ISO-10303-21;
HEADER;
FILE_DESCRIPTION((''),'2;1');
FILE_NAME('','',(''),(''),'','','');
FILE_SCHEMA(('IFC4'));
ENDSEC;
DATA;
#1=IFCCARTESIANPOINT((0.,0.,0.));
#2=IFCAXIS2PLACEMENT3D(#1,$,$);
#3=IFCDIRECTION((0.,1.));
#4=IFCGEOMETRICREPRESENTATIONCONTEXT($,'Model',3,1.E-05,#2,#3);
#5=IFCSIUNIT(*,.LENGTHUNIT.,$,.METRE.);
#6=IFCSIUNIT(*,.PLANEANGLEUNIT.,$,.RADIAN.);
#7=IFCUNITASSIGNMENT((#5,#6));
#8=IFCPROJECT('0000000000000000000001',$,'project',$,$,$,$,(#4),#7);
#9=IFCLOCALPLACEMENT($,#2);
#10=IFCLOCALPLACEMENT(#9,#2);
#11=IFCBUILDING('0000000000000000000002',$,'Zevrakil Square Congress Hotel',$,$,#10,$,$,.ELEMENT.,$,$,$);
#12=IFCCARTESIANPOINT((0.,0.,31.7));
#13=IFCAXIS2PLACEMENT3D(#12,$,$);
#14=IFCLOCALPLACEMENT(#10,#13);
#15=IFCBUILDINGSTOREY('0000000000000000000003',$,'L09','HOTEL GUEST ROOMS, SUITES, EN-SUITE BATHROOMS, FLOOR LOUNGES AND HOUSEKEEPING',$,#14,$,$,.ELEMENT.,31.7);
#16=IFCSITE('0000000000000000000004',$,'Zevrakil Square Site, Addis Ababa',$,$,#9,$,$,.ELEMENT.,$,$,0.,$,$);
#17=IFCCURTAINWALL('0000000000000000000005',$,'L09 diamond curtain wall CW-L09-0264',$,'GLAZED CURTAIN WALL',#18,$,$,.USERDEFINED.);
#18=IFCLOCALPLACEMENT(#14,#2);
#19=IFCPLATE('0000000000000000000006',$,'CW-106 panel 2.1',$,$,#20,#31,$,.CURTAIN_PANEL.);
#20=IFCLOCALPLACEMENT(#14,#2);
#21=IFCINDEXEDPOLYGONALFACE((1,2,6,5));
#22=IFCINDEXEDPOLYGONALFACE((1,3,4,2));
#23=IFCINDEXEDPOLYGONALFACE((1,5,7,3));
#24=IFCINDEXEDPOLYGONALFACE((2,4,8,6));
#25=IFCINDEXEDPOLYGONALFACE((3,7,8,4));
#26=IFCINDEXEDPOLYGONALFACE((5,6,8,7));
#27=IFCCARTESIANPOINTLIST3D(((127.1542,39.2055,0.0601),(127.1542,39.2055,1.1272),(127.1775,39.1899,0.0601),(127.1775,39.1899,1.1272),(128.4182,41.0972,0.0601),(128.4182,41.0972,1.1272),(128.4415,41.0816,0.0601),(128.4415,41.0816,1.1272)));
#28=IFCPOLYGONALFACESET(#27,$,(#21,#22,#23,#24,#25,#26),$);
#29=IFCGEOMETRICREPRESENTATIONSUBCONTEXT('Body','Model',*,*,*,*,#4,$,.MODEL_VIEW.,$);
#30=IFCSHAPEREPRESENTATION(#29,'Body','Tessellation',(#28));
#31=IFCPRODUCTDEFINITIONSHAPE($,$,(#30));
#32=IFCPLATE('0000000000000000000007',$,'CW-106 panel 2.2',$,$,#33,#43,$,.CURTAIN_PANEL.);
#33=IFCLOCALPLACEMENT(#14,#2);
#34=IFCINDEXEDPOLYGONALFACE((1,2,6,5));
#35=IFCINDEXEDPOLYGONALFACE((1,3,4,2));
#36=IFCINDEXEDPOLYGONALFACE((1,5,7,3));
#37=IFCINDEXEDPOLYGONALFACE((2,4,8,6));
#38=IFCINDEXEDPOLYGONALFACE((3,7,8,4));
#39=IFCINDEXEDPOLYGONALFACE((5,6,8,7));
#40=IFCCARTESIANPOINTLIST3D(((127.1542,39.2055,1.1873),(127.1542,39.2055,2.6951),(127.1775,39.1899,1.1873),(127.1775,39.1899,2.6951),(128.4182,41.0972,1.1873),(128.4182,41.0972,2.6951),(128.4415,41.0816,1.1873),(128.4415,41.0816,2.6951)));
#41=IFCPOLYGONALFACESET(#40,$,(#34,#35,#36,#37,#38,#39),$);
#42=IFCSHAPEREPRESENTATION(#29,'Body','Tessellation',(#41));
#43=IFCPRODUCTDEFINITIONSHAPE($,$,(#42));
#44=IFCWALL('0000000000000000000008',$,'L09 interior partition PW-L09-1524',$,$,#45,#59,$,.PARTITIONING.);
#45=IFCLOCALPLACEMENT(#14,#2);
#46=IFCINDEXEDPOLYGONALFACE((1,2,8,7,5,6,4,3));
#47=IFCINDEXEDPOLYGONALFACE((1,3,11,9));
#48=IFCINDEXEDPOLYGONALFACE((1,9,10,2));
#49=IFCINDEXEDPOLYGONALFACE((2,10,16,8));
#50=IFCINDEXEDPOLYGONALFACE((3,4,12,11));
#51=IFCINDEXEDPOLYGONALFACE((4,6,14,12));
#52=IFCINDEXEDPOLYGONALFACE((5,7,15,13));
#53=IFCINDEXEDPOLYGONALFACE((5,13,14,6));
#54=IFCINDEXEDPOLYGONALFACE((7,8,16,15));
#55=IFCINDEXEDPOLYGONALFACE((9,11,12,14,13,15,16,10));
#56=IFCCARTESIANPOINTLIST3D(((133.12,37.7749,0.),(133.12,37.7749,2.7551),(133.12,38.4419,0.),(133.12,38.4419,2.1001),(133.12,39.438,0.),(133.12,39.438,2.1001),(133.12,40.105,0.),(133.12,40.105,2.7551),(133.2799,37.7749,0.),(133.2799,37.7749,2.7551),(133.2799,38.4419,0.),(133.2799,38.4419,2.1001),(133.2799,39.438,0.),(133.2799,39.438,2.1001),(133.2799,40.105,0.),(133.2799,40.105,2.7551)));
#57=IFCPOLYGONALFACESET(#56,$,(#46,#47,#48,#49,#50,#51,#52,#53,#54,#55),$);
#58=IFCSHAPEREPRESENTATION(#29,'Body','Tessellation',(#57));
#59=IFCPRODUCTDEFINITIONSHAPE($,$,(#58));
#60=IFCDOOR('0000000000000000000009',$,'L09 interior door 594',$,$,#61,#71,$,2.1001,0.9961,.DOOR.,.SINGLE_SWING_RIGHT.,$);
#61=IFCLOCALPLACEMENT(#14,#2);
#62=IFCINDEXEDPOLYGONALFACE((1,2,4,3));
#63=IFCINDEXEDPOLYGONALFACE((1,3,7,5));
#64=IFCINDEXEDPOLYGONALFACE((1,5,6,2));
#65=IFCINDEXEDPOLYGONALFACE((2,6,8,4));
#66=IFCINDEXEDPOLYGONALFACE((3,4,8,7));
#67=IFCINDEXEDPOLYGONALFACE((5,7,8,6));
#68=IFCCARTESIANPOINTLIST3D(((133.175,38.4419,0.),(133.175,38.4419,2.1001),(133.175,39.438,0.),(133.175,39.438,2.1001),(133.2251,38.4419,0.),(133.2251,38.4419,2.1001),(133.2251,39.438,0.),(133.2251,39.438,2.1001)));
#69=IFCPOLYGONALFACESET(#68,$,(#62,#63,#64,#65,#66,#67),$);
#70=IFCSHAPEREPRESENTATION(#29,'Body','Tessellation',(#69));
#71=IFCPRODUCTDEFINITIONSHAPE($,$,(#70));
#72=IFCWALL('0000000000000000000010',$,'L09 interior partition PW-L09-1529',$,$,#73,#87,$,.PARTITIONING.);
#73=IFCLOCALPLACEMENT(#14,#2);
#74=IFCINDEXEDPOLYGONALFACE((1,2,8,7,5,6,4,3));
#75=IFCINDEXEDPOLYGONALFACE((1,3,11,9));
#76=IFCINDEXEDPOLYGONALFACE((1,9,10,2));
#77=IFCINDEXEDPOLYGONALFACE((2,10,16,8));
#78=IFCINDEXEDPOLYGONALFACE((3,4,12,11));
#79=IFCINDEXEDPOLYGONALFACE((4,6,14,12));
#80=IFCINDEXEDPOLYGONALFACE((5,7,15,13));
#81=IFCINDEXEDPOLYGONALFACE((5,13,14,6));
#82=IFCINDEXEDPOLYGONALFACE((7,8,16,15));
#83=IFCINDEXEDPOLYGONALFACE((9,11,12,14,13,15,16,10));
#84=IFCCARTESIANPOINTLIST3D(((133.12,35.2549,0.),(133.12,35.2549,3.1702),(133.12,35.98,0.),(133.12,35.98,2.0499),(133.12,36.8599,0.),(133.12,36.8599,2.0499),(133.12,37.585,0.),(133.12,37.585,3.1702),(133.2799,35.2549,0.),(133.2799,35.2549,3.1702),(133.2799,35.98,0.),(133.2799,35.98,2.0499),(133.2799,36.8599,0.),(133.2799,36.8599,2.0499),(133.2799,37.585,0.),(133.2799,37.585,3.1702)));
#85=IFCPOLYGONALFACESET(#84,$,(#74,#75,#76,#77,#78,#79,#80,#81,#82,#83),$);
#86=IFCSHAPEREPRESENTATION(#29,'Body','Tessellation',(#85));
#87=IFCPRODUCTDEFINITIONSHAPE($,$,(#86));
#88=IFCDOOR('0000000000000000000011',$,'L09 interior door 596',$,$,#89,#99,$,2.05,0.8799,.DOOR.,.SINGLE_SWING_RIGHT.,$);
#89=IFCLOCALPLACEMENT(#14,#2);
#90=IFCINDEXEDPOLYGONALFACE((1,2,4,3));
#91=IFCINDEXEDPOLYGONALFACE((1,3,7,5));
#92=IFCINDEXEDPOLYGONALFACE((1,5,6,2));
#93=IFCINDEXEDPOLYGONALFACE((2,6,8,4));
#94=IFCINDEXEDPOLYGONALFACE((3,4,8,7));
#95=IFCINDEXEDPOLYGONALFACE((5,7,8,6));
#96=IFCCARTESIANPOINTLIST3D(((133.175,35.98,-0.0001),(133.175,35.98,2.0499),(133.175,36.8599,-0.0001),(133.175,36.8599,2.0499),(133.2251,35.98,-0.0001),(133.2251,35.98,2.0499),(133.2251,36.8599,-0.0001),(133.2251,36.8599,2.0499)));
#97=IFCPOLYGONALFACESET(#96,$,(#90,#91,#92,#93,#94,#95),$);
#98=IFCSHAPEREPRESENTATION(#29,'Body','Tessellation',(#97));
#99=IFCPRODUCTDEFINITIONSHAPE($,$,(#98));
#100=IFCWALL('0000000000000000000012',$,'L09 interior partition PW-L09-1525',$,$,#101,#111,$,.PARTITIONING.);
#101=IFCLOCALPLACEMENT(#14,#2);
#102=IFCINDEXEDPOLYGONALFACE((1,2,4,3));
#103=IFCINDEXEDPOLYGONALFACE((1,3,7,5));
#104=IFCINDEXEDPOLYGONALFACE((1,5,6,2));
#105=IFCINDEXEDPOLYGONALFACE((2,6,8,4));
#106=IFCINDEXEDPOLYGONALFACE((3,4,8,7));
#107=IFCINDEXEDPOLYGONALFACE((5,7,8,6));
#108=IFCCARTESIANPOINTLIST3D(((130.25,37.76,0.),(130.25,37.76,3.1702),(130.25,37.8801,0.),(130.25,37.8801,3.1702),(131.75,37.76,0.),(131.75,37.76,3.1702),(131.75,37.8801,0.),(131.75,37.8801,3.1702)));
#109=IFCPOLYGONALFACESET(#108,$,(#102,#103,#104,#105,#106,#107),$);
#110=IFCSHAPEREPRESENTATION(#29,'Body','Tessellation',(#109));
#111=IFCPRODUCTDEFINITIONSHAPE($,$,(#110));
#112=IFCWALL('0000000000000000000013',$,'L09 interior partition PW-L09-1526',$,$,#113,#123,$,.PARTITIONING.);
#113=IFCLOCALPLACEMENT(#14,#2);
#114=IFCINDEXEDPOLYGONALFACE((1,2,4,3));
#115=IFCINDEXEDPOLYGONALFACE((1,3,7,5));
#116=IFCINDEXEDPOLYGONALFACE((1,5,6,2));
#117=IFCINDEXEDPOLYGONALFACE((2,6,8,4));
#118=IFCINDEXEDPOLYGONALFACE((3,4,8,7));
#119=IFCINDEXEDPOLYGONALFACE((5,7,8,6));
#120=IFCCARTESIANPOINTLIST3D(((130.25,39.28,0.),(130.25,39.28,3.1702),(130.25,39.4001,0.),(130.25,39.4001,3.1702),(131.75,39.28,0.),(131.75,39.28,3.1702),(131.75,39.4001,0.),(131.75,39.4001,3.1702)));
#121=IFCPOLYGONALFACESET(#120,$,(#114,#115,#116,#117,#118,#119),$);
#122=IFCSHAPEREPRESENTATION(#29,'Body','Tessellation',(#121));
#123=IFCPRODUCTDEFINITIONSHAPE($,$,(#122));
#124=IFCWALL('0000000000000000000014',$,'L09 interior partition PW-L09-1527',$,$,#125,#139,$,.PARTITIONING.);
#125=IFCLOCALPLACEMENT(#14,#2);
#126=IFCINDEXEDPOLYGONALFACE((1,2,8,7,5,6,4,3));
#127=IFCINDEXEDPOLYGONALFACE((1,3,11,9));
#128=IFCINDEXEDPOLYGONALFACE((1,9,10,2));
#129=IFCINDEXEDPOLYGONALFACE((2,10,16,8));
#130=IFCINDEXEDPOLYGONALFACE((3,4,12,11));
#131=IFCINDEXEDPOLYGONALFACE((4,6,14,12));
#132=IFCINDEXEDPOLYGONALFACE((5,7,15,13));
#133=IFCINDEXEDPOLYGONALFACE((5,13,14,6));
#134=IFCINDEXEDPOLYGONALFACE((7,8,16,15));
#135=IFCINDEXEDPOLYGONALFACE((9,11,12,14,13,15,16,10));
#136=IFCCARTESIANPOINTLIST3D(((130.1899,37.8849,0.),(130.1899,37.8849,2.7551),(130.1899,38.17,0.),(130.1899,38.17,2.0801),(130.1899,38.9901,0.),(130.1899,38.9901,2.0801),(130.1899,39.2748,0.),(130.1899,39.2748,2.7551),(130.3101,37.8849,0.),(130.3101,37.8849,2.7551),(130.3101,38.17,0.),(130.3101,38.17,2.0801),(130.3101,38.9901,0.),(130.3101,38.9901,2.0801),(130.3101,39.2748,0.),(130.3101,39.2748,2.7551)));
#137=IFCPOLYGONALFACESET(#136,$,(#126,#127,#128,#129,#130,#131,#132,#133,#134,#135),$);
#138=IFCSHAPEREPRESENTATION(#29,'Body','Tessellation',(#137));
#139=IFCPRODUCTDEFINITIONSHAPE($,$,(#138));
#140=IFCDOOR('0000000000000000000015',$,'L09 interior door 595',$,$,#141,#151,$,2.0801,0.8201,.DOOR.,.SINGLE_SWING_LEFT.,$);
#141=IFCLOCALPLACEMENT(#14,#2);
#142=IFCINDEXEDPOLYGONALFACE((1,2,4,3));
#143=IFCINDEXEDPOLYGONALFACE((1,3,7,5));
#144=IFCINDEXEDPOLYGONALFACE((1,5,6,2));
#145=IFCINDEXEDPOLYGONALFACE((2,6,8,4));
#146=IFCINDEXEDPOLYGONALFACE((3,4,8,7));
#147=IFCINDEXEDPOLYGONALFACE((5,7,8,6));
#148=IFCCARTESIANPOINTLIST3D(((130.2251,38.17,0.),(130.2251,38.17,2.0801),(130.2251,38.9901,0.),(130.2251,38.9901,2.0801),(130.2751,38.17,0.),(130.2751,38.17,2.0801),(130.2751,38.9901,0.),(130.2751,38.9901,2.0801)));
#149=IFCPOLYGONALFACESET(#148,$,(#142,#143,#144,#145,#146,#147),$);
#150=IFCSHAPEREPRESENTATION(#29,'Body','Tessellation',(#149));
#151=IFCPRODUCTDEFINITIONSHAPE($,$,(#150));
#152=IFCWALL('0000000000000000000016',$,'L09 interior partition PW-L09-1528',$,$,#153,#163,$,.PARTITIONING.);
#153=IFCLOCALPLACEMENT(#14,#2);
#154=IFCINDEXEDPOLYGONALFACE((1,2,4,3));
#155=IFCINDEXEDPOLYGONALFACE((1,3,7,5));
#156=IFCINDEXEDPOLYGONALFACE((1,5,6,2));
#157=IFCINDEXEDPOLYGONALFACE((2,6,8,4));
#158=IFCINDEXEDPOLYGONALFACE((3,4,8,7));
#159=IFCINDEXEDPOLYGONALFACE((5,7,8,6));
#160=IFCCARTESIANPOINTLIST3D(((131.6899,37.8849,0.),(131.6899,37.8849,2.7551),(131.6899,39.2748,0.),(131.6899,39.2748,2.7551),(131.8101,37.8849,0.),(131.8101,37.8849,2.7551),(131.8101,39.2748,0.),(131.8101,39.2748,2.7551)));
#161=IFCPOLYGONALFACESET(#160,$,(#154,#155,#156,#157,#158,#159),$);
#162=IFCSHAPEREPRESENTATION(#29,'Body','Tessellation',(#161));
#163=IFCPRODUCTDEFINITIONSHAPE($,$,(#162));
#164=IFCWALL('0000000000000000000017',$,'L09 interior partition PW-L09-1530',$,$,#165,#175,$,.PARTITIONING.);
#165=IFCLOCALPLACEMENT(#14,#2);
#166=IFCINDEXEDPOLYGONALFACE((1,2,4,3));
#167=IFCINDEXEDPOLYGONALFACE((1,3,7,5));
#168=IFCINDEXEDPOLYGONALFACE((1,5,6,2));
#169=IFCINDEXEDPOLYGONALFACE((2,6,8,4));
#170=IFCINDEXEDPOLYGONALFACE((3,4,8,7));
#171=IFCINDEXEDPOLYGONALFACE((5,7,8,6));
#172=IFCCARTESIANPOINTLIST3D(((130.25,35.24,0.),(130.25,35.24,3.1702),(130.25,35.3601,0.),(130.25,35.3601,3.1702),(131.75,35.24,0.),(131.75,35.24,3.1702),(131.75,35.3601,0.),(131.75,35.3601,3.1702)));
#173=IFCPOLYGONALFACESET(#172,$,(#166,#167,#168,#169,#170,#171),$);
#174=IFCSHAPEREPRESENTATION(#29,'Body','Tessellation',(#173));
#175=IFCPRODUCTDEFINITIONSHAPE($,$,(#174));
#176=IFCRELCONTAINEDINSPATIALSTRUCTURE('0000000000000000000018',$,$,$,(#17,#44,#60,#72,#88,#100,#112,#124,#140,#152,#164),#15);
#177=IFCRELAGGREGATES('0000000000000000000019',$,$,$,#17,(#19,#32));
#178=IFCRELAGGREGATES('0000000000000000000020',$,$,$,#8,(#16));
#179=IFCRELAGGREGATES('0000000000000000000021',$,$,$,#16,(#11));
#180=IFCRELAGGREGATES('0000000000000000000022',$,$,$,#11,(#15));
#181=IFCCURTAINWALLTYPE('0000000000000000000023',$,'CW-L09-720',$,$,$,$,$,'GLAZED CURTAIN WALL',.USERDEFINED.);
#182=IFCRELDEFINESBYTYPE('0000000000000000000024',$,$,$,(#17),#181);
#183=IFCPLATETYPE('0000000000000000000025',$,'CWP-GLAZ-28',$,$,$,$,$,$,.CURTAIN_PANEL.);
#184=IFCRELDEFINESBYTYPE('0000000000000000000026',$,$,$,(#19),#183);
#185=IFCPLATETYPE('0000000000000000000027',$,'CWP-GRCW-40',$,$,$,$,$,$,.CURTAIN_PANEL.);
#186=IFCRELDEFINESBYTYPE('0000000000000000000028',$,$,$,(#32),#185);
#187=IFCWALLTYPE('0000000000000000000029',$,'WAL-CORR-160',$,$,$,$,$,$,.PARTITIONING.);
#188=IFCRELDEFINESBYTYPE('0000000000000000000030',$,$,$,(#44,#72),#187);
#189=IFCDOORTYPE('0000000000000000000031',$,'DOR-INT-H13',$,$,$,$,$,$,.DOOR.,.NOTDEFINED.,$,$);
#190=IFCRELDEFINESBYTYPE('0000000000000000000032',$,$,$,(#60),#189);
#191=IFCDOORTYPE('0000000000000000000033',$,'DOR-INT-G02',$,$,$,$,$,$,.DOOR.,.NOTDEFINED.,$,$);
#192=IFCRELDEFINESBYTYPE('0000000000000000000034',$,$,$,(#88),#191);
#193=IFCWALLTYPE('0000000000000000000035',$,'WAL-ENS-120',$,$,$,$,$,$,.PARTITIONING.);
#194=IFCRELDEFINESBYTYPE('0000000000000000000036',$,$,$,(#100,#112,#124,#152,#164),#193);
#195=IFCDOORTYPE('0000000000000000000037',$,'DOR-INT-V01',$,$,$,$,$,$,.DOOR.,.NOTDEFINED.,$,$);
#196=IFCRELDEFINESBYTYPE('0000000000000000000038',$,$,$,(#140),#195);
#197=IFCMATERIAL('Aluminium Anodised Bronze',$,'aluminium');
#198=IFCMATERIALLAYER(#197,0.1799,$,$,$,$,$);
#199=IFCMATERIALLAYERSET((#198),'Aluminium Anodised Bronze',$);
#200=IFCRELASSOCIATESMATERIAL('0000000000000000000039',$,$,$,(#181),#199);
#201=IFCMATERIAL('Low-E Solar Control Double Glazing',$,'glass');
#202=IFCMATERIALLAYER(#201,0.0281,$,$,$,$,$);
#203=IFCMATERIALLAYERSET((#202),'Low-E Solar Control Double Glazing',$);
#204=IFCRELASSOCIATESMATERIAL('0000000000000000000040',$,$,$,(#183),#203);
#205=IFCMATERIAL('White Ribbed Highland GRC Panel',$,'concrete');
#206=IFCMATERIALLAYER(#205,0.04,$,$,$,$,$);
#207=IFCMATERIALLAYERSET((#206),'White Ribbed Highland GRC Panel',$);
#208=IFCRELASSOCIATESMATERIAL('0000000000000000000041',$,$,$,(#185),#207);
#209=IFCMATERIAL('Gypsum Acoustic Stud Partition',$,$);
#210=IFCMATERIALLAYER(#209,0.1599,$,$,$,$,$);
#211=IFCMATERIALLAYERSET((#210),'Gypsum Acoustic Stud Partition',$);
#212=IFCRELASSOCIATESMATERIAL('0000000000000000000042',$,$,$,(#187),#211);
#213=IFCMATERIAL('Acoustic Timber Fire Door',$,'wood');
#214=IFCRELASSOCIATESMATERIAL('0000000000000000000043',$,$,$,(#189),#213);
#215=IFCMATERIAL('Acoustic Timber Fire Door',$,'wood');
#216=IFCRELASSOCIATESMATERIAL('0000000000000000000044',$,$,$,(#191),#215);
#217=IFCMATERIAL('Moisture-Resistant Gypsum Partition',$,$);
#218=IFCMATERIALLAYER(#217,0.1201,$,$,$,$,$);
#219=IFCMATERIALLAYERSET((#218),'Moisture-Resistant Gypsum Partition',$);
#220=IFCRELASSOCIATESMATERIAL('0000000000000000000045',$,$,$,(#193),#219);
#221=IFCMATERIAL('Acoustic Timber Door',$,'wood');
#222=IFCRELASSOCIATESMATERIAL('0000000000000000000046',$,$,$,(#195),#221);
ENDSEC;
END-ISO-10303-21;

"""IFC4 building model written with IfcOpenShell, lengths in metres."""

from ifc_helpers import new_model, si_unit, direction, frame, frame_2d, origin, origin_2d, place, context, subcontext, project, spatial, rectangle, extrude, material, layer, layer_set, type_object, element, fill, aggregate, save


model = new_model("IFC4")

# Units and contexts
model_context = context("Model", 3, precision=1e-05, world=origin(), true_north=direction((0.0, 1.0)))
body_context = subcontext(model_context, "Body", "Model", "MODEL_VIEW")
ifc_project = project(units=[si_unit("LENGTHUNIT", "METRE"), si_unit("PLANEANGLEUNIT", "RADIAN")], contexts=[model_context])

# Site, building, storey
site_placement = place(None, origin())
site = spatial("IfcSite", under=ifc_project, at=site_placement, Name="Zevrakil Square Site, Addis Ababa", CompositionType="ELEMENT", RefElevation=0.0)
building_placement = place(site_placement, origin())
building = spatial("IfcBuilding", under=site, at=building_placement, Name="Zevrakil Square Congress Hotel", CompositionType="ELEMENT")
storey_placement = place(building_placement, frame((0.0, 0.0, 31.7)))
storey = spatial("IfcBuildingStorey", under=building, at=storey_placement, Name="L09", Description="HOTEL GUEST ROOMS, SUITES, EN-SUITE BATHROOMS, FLOOR LOUNGES AND HOUSEKEEPING", CompositionType="ELEMENT", Elevation=31.7)

# Curtain wall, plates
ifc_material_1 = material(Name="Aluminium Anodised Bronze", Category="aluminium")
ifc_layer_1 = layer(ifc_material_1, 0.1799)
ifc_layer_set_1 = layer_set([ifc_layer_1], Name="Aluminium Anodised Bronze")
curtain_wall_type = type_object("IfcCurtainWallType", Name="CW-L09-720", ElementType="GLAZED CURTAIN WALL", PredefinedType="USERDEFINED", material=ifc_layer_set_1)
curtain_wall_placement = place(storey_placement, origin())
curtain_wall = element("IfcCurtainWall", 1, at=curtain_wall_placement, inside=storey, type_object=curtain_wall_type, Name="L09 diamond curtain wall CW-L09-0264", ObjectType="GLAZED CURTAIN WALL", PredefinedType="USERDEFINED")
ifc_material_2 = material(Name="Low-E Solar Control Double Glazing", Category="glass")
ifc_layer_2 = layer(ifc_material_2, 0.0281)
ifc_layer_set_2 = layer_set([ifc_layer_2], Name="Low-E Solar Control Double Glazing")
plate_type_1 = type_object("IfcPlateType", Name="CWP-GLAZ-28", PredefinedType="CURTAIN_PANEL", material=ifc_layer_set_2)
plate_1_placement = place(storey_placement, frame((127.7979, 40.1436, 0.0601), z_axis=(0.0, 0.0, 1.0), x_axis=(-0.555576, -0.831466, 0.0)))
plate_1 = element("IfcPlate", 2, at=plate_1_placement, type_object=plate_type_1, Name="CW-106 panel 2.1", PredefinedType="CURTAIN_PANEL", context=body_context, shape_type="SweptSolid", body=[
    extrude(rectangle(XDim=2.2751, YDim=0.0281, at=origin_2d()), origin(), (0.0, 0.0, 1.0), 1.0671),
])
ifc_material_3 = material(Name="White Ribbed Highland GRC Panel", Category="concrete")
ifc_layer_3 = layer(ifc_material_3, 0.04)
ifc_layer_set_3 = layer_set([ifc_layer_3], Name="White Ribbed Highland GRC Panel")
plate_type_2 = type_object("IfcPlateType", Name="CWP-GRCW-40", PredefinedType="CURTAIN_PANEL", material=ifc_layer_set_3)
plate_2_placement = place(storey_placement, frame((127.7979, 40.1436, 1.1873), z_axis=(0.0, 0.0, 1.0), x_axis=(-0.555576, -0.831466, 0.0)))
plate_2 = element("IfcPlate", 3, at=plate_2_placement, type_object=plate_type_2, Name="CW-106 panel 2.2", PredefinedType="CURTAIN_PANEL", context=body_context, shape_type="SweptSolid", body=[
    extrude(rectangle(XDim=2.2751, YDim=0.0281, at=origin_2d()), origin(), (0.0, 0.0, 1.0), 1.5078),
])
aggregate(curtain_wall, [plate_1, plate_2])

# Walls, openings, doors
ifc_material_4 = material(Name="Gypsum Acoustic Stud Partition")
ifc_layer_4 = layer(ifc_material_4, 0.1599)
ifc_layer_set_4 = layer_set([ifc_layer_4], Name="Gypsum Acoustic Stud Partition")
wall_type_1 = type_object("IfcWallType", Name="WAL-CORR-160", PredefinedType="PARTITIONING", material=ifc_layer_set_4)
wall_1_placement = place(storey_placement, frame((133.2, 37.7749, 0.0), z_axis=(0.0, 0.0, 1.0), x_axis=(0.0, 1.0, 0.0)))
wall_1 = element("IfcWall", 4, at=wall_1_placement, inside=storey, type_object=wall_type_1, Name="L09 interior partition PW-L09-1524", PredefinedType="PARTITIONING", context=body_context, shape_type="SweptSolid", body=[
    extrude(rectangle(XDim=2.3301, YDim=0.1599, at=frame_2d((1.165, 0.0))), origin(), (0.0, 0.0, 1.0), 2.7551),
])
opening_1_placement = place(wall_1_placement, frame((0.667, 0.0, 0.0)))
opening_1 = element("IfcOpeningElement", 5, at=opening_1_placement, cuts=wall_1, PredefinedType="OPENING", context=body_context, shape_type="SweptSolid", body=[
    extrude(rectangle(XDim=0.9961, YDim=2.1001, at=frame_2d((0.498, 1.05))), frame((0.0, 0.0898, 0.0), z_axis=(0.0, -1.0, 0.0), x_axis=(1.0, 0.0, 0.0)), (0.0, 0.0, 1.0), 0.1799),
])
ifc_material_5 = material(Name="Acoustic Timber Fire Door", Category="wood")
door_type_1 = type_object("IfcDoorType", Name="DOR-INT-H13", OperationType="NOTDEFINED", PredefinedType="DOOR", material=ifc_material_5)
door_1_placement = place(opening_1_placement, origin())
door_1 = element("IfcDoor", 6, at=door_1_placement, inside=storey, type_object=door_type_1, Name="L09 interior door 594", OperationType="SINGLE_SWING_RIGHT", OverallHeight=2.1001, OverallWidth=0.9961, PredefinedType="DOOR", context=body_context, shape_type="SweptSolid", body=[
    extrude(rectangle(XDim=0.9961, YDim=2.1001, at=frame_2d((0.498, 1.05))), frame((0.0, 0.0249, 0.0), z_axis=(0.0, -1.0, 0.0), x_axis=(1.0, 0.0, 0.0)), (0.0, 0.0, 1.0), 0.05),
])
fill(opening_1, door_1)
wall_2_placement = place(storey_placement, frame((133.2, 35.2549, 0.0), z_axis=(0.0, 0.0, 1.0), x_axis=(0.0, 1.0, 0.0)))
wall_2 = element("IfcWall", 7, at=wall_2_placement, inside=storey, type_object=wall_type_1, Name="L09 interior partition PW-L09-1529", PredefinedType="PARTITIONING", context=body_context, shape_type="SweptSolid", body=[
    extrude(rectangle(XDim=2.3301, YDim=0.1599, at=frame_2d((1.165, 0.0))), origin(), (0.0, 0.0, 1.0), 3.1702),
])
opening_2_placement = place(wall_2_placement, frame((0.7251, 0.0, 0.0)))
opening_2 = element("IfcOpeningElement", 8, at=opening_2_placement, cuts=wall_2, PredefinedType="OPENING", context=body_context, shape_type="SweptSolid", body=[
    extrude(rectangle(XDim=0.8799, YDim=2.05, at=frame_2d((0.4399, 1.0249))), frame((0.0, 0.0898, 0.0), z_axis=(0.0, -1.0, 0.0), x_axis=(1.0, 0.0, 0.0)), (0.0, 0.0, 1.0), 0.1799),
])
ifc_material_6 = material(Name="Acoustic Timber Fire Door", Category="wood")
door_type_2 = type_object("IfcDoorType", Name="DOR-INT-G02", OperationType="NOTDEFINED", PredefinedType="DOOR", material=ifc_material_6)
door_2_placement = place(opening_2_placement, origin())
door_2 = element("IfcDoor", 9, at=door_2_placement, inside=storey, type_object=door_type_2, Name="L09 interior door 596", OperationType="SINGLE_SWING_RIGHT", OverallHeight=2.05, OverallWidth=0.8799, PredefinedType="DOOR", context=body_context, shape_type="SweptSolid", body=[
    extrude(rectangle(XDim=0.8799, YDim=2.05, at=frame_2d((0.4399, 1.0249))), frame((0.0, 0.0249, 0.0), z_axis=(0.0, -1.0, 0.0), x_axis=(1.0, 0.0, 0.0)), (0.0, 0.0, 1.0), 0.05),
])
fill(opening_2, door_2)

# Walls
ifc_material_7 = material(Name="Moisture-Resistant Gypsum Partition")
ifc_layer_5 = layer(ifc_material_7, 0.1201)
ifc_layer_set_5 = layer_set([ifc_layer_5], Name="Moisture-Resistant Gypsum Partition")
wall_type_2 = type_object("IfcWallType", Name="WAL-ENS-120", PredefinedType="PARTITIONING", material=ifc_layer_set_5)
for number, where, z_axis, x_axis, name in (
    (10, (130.25, 37.8201, 0.0), (0.0, 0.0, 1.0), (1.0, 0.0, 0.0), "L09 interior partition PW-L09-1525"),
    (11, (130.25, 39.3401, 0.0), (0.0, 0.0, 1.0), (1.0, 0.0, 0.0), "L09 interior partition PW-L09-1526"),
):
    element("IfcWall", number, at=place(storey_placement, frame(where, z_axis=z_axis, x_axis=x_axis)), inside=storey, type_object=wall_type_2, Name=name, PredefinedType="PARTITIONING", context=body_context, shape_type="SweptSolid", body=[
        extrude(rectangle(XDim=1.5, YDim=0.1201, at=frame_2d((0.75, 0.0))), origin(), (0.0, 0.0, 1.0), 3.1702),
    ])

# Wall, opening, door
wall_3_placement = place(storey_placement, frame((130.25, 37.885, 0.0), z_axis=(0.0, 0.0, 1.0), x_axis=(0.0, 1.0, 0.0)))
wall_3 = element("IfcWall", 12, at=wall_3_placement, inside=storey, type_object=wall_type_2, Name="L09 interior partition PW-L09-1527", PredefinedType="PARTITIONING", context=body_context, shape_type="SweptSolid", body=[
    extrude(rectangle(XDim=1.3899, YDim=0.1201, at=frame_2d((0.6948, 0.0))), origin(), (0.0, 0.0, 1.0), 2.7551),
])
opening_3_placement = place(wall_3_placement, frame((0.2849, 0.0, 0.0)))
opening_3 = element("IfcOpeningElement", 13, at=opening_3_placement, cuts=wall_3, PredefinedType="OPENING", context=body_context, shape_type="SweptSolid", body=[
    extrude(rectangle(XDim=0.8201, YDim=2.0801, at=frame_2d((0.4102, 1.04))), frame((0.0, 0.0701, 0.0), z_axis=(0.0, -1.0, 0.0), x_axis=(1.0, 0.0, 0.0)), (0.0, 0.0, 1.0), 0.1401),
])
ifc_material_8 = material(Name="Acoustic Timber Door", Category="wood")
door_type_3 = type_object("IfcDoorType", Name="DOR-INT-V01", OperationType="NOTDEFINED", PredefinedType="DOOR", material=ifc_material_8)
door_3_placement = place(opening_3_placement, origin())
door_3 = element("IfcDoor", 14, at=door_3_placement, inside=storey, type_object=door_type_3, Name="L09 interior door 595", OperationType="SINGLE_SWING_LEFT", OverallHeight=2.0801, OverallWidth=0.8201, PredefinedType="DOOR", context=body_context, shape_type="SweptSolid", body=[
    extrude(rectangle(XDim=0.8201, YDim=2.0801, at=frame_2d((0.4102, 1.04))), frame((0.0, 0.0249, 0.0), z_axis=(0.0, -1.0, 0.0), x_axis=(1.0, 0.0, 0.0)), (0.0, 0.0, 1.0), 0.05),
])
fill(opening_3, door_3)

# Walls
wall_4_placement = place(storey_placement, frame((131.75, 37.885, 0.0), z_axis=(0.0, 0.0, 1.0), x_axis=(0.0, 1.0, 0.0)))
element("IfcWall", 15, at=wall_4_placement, inside=storey, type_object=wall_type_2, Name="L09 interior partition PW-L09-1528", PredefinedType="PARTITIONING", context=body_context, shape_type="SweptSolid", body=[
    extrude(rectangle(XDim=1.3899, YDim=0.1201, at=frame_2d((0.6948, 0.0))), origin(), (0.0, 0.0, 1.0), 2.7551),
])
for number, where, z_axis, x_axis, name in (
    (16, (130.25, 35.3, 0.0), (0.0, 0.0, 1.0), (1.0, 0.0, 0.0), "L09 interior partition PW-L09-1530"),
):
    element("IfcWall", number, at=place(storey_placement, frame(where, z_axis=z_axis, x_axis=x_axis)), inside=storey, type_object=wall_type_2, Name=name, PredefinedType="PARTITIONING", context=body_context, shape_type="SweptSolid", body=[
        extrude(rectangle(XDim=1.5, YDim=0.1201, at=frame_2d((0.75, 0.0))), origin(), (0.0, 0.0, 1.0), 3.1702),
    ])

save(model, "model.ifc")
